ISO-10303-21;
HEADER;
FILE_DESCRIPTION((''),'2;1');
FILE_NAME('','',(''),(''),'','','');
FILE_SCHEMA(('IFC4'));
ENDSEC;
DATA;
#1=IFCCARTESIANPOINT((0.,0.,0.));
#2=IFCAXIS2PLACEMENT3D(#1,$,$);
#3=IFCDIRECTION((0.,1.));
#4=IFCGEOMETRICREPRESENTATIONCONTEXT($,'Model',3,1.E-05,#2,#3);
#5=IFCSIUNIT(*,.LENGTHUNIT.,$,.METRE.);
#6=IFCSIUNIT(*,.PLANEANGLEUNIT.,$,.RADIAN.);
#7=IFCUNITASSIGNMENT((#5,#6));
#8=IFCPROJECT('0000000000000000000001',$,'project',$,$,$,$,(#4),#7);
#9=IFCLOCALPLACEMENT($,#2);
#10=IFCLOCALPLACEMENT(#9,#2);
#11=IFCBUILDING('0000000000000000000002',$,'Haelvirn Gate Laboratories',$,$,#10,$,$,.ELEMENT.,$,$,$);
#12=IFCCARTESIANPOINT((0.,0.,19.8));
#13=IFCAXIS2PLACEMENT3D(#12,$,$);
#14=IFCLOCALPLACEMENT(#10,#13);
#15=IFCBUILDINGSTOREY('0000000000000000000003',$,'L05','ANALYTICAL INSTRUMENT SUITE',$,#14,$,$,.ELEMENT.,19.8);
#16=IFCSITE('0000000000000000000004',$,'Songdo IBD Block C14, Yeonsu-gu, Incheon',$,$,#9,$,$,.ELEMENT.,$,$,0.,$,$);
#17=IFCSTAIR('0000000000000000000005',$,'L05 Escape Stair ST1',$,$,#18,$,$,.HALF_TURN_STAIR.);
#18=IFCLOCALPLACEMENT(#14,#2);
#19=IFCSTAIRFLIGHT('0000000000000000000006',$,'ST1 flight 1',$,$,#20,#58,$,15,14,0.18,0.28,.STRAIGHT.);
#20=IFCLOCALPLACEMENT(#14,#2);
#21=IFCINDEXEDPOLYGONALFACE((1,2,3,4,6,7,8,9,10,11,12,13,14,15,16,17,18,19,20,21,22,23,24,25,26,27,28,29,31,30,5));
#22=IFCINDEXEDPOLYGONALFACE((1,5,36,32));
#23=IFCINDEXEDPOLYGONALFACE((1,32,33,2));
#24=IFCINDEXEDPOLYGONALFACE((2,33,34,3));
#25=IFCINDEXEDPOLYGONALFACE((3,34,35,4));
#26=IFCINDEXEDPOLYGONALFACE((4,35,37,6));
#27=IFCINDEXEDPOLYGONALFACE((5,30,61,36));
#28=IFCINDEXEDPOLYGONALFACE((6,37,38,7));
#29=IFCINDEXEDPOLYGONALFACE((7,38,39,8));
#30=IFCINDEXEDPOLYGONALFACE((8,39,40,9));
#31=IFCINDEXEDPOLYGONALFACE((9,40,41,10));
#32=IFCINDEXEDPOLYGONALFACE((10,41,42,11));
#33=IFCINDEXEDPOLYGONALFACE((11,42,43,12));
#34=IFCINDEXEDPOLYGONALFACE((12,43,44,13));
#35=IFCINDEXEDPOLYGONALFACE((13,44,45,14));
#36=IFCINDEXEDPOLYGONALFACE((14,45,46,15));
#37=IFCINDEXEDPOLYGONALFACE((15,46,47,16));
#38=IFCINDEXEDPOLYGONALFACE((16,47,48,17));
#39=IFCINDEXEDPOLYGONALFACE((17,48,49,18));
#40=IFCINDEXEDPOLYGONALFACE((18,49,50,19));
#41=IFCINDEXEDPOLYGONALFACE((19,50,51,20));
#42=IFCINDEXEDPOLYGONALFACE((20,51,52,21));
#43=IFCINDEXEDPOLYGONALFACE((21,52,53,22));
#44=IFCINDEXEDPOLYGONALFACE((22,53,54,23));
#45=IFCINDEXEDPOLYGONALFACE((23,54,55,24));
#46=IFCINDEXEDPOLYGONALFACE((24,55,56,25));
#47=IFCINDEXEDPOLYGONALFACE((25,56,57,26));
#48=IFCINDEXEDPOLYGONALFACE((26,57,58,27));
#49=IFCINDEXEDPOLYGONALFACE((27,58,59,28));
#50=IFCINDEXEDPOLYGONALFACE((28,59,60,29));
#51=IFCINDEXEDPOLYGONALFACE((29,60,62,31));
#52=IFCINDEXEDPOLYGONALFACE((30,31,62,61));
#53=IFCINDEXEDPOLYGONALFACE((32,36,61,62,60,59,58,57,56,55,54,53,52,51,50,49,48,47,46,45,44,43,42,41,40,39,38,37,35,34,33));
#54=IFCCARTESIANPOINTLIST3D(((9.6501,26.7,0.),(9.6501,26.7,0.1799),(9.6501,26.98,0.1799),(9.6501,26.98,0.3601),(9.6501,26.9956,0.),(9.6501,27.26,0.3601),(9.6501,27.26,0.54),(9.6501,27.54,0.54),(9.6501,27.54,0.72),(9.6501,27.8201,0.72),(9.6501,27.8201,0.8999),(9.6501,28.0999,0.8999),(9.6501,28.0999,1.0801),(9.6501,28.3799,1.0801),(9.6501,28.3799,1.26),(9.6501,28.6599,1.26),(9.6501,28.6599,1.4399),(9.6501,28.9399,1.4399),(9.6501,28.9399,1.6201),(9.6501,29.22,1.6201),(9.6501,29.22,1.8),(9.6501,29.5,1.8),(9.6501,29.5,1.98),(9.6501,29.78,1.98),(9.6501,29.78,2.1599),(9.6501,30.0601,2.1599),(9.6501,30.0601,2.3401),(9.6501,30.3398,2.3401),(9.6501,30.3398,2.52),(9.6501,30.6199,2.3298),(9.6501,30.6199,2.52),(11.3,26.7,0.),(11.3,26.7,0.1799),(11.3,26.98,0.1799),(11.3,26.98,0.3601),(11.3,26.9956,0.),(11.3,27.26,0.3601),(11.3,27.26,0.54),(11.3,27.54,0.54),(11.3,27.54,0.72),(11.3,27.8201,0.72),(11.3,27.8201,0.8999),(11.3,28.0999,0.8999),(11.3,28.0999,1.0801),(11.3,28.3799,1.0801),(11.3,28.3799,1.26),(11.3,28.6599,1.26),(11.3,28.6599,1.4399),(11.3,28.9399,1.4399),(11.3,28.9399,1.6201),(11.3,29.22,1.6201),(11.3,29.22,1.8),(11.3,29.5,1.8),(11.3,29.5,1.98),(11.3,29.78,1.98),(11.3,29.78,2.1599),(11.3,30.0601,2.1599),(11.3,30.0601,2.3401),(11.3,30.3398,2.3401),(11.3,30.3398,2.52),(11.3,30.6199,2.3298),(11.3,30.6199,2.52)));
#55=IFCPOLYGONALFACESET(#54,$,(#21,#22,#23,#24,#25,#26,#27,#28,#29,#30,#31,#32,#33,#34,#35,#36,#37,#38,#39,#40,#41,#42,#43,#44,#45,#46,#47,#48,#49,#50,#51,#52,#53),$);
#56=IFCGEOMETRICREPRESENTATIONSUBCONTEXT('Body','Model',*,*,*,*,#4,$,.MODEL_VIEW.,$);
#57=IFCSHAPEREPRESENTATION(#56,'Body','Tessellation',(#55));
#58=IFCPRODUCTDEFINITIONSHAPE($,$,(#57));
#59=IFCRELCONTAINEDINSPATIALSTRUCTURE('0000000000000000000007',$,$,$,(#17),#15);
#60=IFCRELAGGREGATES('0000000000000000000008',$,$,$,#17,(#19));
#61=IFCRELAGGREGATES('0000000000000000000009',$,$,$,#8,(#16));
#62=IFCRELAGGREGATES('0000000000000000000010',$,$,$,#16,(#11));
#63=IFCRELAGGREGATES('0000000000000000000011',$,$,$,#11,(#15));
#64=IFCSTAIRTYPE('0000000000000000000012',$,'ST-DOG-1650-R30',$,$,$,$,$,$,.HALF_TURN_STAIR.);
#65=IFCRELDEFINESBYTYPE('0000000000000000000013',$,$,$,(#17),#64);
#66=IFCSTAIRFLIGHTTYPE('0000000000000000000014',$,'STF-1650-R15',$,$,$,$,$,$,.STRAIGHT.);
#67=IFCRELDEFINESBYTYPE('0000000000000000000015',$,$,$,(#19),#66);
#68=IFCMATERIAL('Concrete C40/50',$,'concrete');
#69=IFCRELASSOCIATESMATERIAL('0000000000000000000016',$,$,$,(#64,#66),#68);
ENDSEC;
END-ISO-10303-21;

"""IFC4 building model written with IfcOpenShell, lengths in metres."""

from ifc_helpers import new_model, si_unit, direction, frame, origin, place, context, subcontext, project, spatial, polyline, outline, extrude, source, transform, mapped, material, type_object, type_shapes, element, aggregate, save


model = new_model("IFC4")

# Units and contexts
model_context = context("Model", 3, precision=1e-05, world=origin(), true_north=direction((0.0, 1.0)))
body_context = subcontext(model_context, "Body", "Model", "MODEL_VIEW")
ifc_project = project(units=[si_unit("LENGTHUNIT", "METRE"), si_unit("PLANEANGLEUNIT", "RADIAN")], contexts=[model_context])

# Site, building, storey
site_placement = place(None, origin())
site = spatial("IfcSite", under=ifc_project, at=site_placement, Name="Songdo IBD Block C14, Yeonsu-gu, Incheon", CompositionType="ELEMENT", RefElevation=0.0)
building_placement = place(site_placement, origin())
building = spatial("IfcBuilding", under=site, at=building_placement, Name="Haelvirn Gate Laboratories", CompositionType="ELEMENT")
storey_placement = place(building_placement, frame((0.0, 0.0, 19.8)))
storey = spatial("IfcBuildingStorey", under=building, at=storey_placement, Name="L05", Description="ANALYTICAL INSTRUMENT SUITE", CompositionType="ELEMENT", Elevation=19.8)

# Shared definitions
ifc_material_1 = material(Name="Concrete C40/50", Category="concrete")

# Stair, stair flight
stair_type = type_object("IfcStairType", Name="ST-DOG-1650-R30", PredefinedType="HALF_TURN_STAIR", material=ifc_material_1)
stair_placement = place(storey_placement, origin())
stair = element("IfcStair", 1, at=stair_placement, inside=storey, type_object=stair_type, Name="L05 Escape Stair ST1", PredefinedType="HALF_TURN_STAIR")
stair_flight_type = type_object("IfcStairFlightType", Name="STF-1650-R15", PredefinedType="STRAIGHT", material=ifc_material_1)
shared_shape_1 = source(origin(), body_context, "Body", "SweptSolid", [
    extrude(outline(polyline([(0.0, 0.0), (0.0, 0.1799), (0.28, 0.1799), (0.28, 0.3601), (0.5601, 0.3601), (0.5601, 0.54), (0.8401, 0.54), (0.8401, 0.72), (1.1201, 0.72), (1.1201, 0.8999), (1.3999, 0.8999), (1.3999, 1.0801), (1.6799, 1.0801), (1.6799, 1.26), (1.96, 1.26), (1.96, 1.4399), (2.24, 1.4399), (2.24, 1.6201), (2.52, 1.6201), (2.52, 1.8), (2.8, 1.8), (2.8, 1.98), (3.0801, 1.98), (3.0801, 2.1599), (3.3601, 2.1599), (3.3601, 2.3401), (3.6399, 2.3401), (3.6399, 2.52), (3.9199, 2.52), (3.9199, 2.7), (3.9199, 2.3298), (0.2957, 0.0), (0.0, 0.0)])), frame((0.0, 0.825, 0.0), z_axis=(0.0, -1.0, 0.0), x_axis=(1.0, 0.0, 0.0)), (0.0, 0.0, 1.0), 1.6499),
])
type_shapes(stair_flight_type, [shared_shape_1])
stair_flight_placement = place(storey_placement, frame((10.4751, 26.7, 0.0), z_axis=(0.0, 0.0, 1.0), x_axis=(0.0, 1.0, 0.0)))
stair_flight = element("IfcStairFlight", 2, at=stair_flight_placement, type_object=stair_flight_type, Name="ST1 flight 1", NumberOfRisers=15, NumberOfTreads=14, PredefinedType="STRAIGHT", RiserHeight=0.18, TreadLength=0.28, context=body_context, shape_type="MappedRepresentation", body=[
    mapped(shared_shape_1, transform((0.0, 0.0, 0.0), scale=1.0)),
])
aggregate(stair, [stair_flight])

save(model, "model.ifc")
